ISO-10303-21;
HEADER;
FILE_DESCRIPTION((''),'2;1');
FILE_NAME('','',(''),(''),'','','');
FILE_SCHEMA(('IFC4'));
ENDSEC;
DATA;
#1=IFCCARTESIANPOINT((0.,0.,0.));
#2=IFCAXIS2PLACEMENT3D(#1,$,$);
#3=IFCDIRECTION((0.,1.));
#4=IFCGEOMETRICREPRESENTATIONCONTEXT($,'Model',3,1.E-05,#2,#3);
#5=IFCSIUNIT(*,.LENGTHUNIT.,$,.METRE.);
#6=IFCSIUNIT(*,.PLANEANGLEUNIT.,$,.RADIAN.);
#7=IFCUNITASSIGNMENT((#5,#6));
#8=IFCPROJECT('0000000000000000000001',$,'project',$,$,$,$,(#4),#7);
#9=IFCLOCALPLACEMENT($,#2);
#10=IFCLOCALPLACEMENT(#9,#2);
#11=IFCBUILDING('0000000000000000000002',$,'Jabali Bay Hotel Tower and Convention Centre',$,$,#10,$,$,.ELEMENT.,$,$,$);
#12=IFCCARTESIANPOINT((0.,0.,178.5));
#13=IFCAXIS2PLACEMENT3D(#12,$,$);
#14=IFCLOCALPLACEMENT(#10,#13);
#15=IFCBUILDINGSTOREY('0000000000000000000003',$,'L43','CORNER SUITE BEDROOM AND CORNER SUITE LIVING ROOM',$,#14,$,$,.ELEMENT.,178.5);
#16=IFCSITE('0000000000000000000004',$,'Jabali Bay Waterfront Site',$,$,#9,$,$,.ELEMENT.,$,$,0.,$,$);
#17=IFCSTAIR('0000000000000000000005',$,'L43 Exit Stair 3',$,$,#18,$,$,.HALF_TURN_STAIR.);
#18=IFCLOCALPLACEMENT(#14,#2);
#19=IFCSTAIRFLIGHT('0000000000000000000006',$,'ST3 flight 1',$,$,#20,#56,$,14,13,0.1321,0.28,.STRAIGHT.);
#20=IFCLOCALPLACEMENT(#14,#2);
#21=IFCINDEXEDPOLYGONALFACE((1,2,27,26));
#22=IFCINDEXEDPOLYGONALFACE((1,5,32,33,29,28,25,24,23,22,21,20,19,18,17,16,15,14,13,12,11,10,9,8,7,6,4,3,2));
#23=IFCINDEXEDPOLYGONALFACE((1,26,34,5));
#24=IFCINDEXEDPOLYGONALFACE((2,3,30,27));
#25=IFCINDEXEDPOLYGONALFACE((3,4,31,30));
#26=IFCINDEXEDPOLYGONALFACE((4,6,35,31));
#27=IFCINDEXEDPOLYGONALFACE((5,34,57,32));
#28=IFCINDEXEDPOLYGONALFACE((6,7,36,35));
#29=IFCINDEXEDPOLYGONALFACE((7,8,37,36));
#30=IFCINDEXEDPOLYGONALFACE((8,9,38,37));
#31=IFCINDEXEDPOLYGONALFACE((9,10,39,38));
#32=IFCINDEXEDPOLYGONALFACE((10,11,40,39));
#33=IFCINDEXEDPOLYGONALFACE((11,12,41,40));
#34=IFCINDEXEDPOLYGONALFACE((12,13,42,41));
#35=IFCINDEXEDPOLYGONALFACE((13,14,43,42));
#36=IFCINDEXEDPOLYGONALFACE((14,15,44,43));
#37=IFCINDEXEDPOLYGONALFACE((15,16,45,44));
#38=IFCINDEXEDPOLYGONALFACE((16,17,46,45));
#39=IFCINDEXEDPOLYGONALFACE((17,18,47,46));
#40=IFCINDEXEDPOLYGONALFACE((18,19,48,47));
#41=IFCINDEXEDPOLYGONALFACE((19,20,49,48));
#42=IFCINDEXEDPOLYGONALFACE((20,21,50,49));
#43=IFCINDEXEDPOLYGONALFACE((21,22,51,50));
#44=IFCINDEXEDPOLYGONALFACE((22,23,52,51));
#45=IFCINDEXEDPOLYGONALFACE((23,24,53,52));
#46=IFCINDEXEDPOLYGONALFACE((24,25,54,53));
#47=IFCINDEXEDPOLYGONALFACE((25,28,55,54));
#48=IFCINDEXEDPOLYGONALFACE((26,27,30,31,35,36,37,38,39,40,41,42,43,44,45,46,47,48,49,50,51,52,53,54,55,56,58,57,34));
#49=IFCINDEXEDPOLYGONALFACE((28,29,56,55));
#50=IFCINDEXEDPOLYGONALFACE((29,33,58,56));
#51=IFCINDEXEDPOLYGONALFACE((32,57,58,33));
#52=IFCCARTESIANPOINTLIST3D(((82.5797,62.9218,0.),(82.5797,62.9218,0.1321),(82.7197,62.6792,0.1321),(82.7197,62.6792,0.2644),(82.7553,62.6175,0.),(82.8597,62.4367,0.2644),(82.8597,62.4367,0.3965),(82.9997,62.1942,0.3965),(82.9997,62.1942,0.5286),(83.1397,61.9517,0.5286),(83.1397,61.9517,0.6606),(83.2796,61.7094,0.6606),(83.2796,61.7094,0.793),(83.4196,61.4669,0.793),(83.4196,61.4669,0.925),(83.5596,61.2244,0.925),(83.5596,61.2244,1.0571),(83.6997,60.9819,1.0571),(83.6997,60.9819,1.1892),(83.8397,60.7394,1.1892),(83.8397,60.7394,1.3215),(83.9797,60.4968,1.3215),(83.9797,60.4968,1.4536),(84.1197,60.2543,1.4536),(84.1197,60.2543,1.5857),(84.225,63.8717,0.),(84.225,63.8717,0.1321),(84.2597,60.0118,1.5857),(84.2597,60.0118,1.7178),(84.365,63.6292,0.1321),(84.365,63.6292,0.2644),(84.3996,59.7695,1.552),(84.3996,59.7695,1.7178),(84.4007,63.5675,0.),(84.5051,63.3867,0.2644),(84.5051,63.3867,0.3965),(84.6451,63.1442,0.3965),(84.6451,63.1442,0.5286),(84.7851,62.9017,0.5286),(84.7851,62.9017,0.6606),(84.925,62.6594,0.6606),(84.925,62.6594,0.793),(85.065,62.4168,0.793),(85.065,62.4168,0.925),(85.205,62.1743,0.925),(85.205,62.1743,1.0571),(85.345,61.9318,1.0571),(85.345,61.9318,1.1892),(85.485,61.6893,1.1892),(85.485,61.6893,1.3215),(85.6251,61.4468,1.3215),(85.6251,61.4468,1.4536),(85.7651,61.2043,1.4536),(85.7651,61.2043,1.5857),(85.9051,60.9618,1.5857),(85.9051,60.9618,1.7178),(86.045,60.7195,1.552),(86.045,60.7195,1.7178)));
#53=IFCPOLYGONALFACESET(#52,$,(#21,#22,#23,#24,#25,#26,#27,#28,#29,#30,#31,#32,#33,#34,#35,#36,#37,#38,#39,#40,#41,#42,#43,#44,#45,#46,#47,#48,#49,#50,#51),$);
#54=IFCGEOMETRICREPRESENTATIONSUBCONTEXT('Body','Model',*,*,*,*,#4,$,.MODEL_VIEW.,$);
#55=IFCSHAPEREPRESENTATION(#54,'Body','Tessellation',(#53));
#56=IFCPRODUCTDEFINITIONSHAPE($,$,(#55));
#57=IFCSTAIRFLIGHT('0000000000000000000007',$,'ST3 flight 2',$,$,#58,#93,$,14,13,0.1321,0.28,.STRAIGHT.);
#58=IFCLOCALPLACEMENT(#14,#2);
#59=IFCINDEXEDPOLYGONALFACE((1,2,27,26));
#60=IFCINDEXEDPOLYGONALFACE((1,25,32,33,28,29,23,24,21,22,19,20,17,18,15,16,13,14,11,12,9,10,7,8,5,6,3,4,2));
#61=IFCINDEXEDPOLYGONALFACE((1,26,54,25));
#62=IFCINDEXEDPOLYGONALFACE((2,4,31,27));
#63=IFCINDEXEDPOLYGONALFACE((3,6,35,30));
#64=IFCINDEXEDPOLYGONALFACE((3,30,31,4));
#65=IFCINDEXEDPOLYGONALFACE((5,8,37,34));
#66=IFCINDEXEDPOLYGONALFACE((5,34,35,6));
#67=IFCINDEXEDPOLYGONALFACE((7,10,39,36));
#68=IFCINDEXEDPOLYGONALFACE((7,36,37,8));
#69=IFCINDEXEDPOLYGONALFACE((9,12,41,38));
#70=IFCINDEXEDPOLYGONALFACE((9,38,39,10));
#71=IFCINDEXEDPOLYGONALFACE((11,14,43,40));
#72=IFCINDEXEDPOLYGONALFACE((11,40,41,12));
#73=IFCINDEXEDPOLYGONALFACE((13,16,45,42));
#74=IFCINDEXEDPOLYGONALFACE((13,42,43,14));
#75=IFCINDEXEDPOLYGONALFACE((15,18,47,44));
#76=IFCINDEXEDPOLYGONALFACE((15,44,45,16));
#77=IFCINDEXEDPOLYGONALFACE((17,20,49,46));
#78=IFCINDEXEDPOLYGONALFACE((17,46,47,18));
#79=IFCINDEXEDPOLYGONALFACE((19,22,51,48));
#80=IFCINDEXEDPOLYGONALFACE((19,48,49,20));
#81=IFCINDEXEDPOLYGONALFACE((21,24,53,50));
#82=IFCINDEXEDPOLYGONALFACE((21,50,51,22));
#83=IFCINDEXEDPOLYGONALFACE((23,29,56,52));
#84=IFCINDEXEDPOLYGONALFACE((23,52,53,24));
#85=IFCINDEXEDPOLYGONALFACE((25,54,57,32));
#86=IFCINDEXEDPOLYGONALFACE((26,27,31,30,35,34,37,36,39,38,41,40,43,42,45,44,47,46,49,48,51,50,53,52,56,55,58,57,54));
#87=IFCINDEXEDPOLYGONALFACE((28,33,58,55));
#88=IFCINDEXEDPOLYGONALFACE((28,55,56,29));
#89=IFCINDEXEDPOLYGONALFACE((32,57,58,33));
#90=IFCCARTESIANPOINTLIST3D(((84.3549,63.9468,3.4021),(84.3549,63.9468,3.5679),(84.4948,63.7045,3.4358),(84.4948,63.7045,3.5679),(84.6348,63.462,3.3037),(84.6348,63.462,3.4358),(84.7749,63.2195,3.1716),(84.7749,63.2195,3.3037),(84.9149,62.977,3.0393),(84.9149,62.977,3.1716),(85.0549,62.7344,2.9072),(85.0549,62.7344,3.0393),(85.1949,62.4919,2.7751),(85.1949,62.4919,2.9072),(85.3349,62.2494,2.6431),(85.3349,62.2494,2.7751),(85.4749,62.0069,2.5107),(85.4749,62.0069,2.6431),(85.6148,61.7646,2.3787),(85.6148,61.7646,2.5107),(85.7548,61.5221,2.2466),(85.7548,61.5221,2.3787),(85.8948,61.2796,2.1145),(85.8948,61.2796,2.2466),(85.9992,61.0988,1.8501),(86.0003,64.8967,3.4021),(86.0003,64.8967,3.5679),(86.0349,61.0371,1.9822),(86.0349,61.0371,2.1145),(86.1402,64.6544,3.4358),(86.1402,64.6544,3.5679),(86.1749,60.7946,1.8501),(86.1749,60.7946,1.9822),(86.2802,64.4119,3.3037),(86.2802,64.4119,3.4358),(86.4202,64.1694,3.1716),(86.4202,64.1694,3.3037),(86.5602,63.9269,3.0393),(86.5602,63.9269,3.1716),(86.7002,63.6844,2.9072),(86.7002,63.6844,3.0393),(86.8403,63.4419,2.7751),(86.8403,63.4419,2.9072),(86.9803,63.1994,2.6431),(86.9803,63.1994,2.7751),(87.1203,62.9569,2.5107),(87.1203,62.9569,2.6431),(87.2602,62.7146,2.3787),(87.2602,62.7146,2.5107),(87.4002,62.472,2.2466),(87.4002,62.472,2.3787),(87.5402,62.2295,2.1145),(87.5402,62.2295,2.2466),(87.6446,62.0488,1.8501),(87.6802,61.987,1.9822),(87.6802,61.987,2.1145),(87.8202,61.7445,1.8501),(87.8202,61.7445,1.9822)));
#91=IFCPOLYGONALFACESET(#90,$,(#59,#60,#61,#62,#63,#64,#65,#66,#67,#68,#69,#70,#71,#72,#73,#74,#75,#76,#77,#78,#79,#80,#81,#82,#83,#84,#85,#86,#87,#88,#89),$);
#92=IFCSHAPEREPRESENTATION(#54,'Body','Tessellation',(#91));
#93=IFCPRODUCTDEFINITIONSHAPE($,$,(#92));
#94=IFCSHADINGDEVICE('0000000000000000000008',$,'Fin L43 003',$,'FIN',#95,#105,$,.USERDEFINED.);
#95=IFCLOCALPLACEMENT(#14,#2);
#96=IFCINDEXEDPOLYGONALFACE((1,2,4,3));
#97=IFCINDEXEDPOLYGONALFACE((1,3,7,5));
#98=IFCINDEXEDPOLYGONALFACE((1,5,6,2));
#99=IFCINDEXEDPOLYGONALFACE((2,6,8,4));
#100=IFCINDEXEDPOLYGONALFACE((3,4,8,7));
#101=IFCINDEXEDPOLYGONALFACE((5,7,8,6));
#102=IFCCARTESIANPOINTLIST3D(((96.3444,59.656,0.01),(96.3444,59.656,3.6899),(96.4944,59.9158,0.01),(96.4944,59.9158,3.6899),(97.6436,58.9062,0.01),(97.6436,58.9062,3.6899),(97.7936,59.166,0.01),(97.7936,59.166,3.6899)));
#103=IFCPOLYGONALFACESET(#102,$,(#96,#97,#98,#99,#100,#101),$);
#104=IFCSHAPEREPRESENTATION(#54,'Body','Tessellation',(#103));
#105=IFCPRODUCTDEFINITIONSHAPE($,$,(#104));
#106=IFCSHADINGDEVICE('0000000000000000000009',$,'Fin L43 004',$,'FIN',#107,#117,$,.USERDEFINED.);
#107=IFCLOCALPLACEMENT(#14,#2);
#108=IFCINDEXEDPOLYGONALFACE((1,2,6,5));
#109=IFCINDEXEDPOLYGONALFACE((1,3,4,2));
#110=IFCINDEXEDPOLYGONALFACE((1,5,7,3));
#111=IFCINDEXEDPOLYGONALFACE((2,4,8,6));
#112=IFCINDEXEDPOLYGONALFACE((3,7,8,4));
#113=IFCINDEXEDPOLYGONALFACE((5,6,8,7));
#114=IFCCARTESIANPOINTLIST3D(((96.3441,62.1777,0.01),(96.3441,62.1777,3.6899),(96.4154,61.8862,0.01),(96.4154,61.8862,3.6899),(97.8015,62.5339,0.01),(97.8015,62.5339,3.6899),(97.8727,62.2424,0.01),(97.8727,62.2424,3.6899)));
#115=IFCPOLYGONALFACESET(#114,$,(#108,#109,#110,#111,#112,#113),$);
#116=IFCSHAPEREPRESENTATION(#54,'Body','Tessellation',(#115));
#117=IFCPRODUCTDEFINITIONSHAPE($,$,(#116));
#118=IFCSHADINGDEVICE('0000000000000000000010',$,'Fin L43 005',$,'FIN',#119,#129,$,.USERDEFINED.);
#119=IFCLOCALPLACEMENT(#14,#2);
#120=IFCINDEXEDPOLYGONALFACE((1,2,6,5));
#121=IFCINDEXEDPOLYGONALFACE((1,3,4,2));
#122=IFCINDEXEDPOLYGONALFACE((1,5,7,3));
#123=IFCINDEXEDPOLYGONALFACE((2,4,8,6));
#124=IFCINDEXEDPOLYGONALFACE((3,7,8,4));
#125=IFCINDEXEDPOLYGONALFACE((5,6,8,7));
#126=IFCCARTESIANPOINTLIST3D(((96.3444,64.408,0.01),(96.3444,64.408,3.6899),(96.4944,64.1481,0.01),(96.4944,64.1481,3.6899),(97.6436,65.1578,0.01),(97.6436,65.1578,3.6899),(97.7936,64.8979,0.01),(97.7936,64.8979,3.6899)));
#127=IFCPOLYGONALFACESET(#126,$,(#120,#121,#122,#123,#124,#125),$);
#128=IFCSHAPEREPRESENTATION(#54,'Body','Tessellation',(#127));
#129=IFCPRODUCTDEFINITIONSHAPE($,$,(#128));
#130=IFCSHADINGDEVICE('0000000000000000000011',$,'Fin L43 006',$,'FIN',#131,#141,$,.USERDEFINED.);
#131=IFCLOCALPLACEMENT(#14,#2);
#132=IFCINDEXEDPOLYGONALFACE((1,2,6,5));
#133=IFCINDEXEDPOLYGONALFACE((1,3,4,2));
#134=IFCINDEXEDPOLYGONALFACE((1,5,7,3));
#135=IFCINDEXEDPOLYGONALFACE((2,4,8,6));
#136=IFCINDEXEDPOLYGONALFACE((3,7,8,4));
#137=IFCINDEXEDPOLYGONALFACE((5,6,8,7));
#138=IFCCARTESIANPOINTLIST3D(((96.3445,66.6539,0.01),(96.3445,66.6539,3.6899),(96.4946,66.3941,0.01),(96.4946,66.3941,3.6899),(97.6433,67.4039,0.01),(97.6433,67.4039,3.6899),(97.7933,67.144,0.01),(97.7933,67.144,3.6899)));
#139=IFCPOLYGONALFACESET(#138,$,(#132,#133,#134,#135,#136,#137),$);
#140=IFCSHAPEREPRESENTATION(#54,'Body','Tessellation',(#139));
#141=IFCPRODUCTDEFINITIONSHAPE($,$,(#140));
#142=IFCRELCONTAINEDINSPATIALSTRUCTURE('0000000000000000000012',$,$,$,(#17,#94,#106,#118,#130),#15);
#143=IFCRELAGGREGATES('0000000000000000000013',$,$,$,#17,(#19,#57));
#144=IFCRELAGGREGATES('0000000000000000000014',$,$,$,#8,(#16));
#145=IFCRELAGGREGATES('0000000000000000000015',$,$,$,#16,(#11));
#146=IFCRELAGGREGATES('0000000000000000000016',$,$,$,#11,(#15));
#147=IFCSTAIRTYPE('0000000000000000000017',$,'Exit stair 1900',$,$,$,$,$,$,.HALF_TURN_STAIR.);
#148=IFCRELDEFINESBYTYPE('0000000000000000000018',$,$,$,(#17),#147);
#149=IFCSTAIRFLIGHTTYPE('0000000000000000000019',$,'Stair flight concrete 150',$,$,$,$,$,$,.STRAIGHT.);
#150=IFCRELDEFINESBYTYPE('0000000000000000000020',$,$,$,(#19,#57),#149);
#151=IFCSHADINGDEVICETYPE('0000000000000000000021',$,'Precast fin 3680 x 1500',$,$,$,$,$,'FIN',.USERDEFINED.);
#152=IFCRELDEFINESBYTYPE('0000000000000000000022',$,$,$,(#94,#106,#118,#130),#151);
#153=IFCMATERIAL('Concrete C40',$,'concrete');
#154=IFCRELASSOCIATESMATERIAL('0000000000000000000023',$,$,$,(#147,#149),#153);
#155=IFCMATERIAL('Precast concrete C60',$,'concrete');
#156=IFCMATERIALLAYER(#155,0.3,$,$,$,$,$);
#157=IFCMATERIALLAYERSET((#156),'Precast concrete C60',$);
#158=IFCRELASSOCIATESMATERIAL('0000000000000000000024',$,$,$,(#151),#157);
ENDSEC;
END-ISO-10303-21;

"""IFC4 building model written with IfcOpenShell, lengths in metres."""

from ifc_helpers import new_model, si_unit, direction, frame, frame_2d, origin, place, context, subcontext, project, spatial, polyline, rectangle, outline, extrude, material, layer, layer_set, type_object, element, aggregate, save


model = new_model("IFC4")

# Units and contexts
model_context = context("Model", 3, precision=1e-05, world=origin(), true_north=direction((0.0, 1.0)))
body_context = subcontext(model_context, "Body", "Model", "MODEL_VIEW")
ifc_project = project(units=[si_unit("LENGTHUNIT", "METRE"), si_unit("PLANEANGLEUNIT", "RADIAN")], contexts=[model_context])

# Site, building, storey
site_placement = place(None, origin())
site = spatial("IfcSite", under=ifc_project, at=site_placement, Name="Jabali Bay Waterfront Site", CompositionType="ELEMENT", RefElevation=0.0)
building_placement = place(site_placement, origin())
building = spatial("IfcBuilding", under=site, at=building_placement, Name="Jabali Bay Hotel Tower and Convention Centre", CompositionType="ELEMENT")
storey_placement = place(building_placement, frame((0.0, 0.0, 178.5)))
storey = spatial("IfcBuildingStorey", under=building, at=storey_placement, Name="L43", Description="CORNER SUITE BEDROOM AND CORNER SUITE LIVING ROOM", CompositionType="ELEMENT", Elevation=178.5)

# Shared definitions
ifc_material_1 = material(Name="Concrete C40", Category="concrete")

# Stair, stair flights
stair_type = type_object("IfcStairType", Name="Exit stair 1900", PredefinedType="HALF_TURN_STAIR", material=ifc_material_1)
stair_placement = place(storey_placement, origin())
stair = element("IfcStair", 1, at=stair_placement, inside=storey, type_object=stair_type, Name="L43 Exit Stair 3", PredefinedType="HALF_TURN_STAIR")
stair_flight_type = type_object("IfcStairFlightType", Name="Stair flight concrete 150", PredefinedType="STRAIGHT", material=ifc_material_1)
stair_flight_1_placement = place(storey_placement, frame((83.4023, 63.3967, 0.0), z_axis=(0.0, 0.0, 1.0), x_axis=(0.5, -0.866025, 0.0)))
stair_flight_1 = element("IfcStairFlight", 2, at=stair_flight_1_placement, type_object=stair_flight_type, Name="ST3 flight 1", NumberOfRisers=14, NumberOfTreads=13, PredefinedType="STRAIGHT", RiserHeight=0.1321, TreadLength=0.28, context=body_context, shape_type="SweptSolid", body=[
    extrude(outline(polyline([(0.0, 0.0), (0.0, 0.1321), (0.28, 0.1321), (0.28, 0.2644), (0.5601, 0.2644), (0.5601, 0.3965), (0.8401, 0.3965), (0.8401, 0.5286), (1.1201, 0.5286), (1.1201, 0.6606), (1.3999, 0.6606), (1.3999, 0.793), (1.6799, 0.793), (1.6799, 0.925), (1.96, 0.925), (1.96, 1.0571), (2.24, 1.0571), (2.24, 1.1892), (2.52, 1.1892), (2.52, 1.3215), (2.8, 1.3215), (2.8, 1.4536), (3.0801, 1.4536), (3.0801, 1.5857), (3.3601, 1.5857), (3.3601, 1.7178), (3.6399, 1.7178), (3.6399, 1.8501), (3.6399, 1.552), (0.3513, 0.0), (0.0, 0.0)])), frame((0.0, 0.95, 0.0), z_axis=(0.0, -1.0, 0.0), x_axis=(1.0, 0.0, 0.0)), (0.0, 0.0, 1.0), 1.8999),
])
stair_flight_2_placement = place(storey_placement, frame((86.9976, 61.2695, 1.8501), z_axis=(0.0, 0.0, 1.0), x_axis=(-0.5, 0.866025, 0.0)))
stair_flight_2 = element("IfcStairFlight", 3, at=stair_flight_2_placement, type_object=stair_flight_type, Name="ST3 flight 2", NumberOfRisers=14, NumberOfTreads=13, PredefinedType="STRAIGHT", RiserHeight=0.1321, TreadLength=0.28, context=body_context, shape_type="SweptSolid", body=[
    extrude(outline(polyline([(0.0, 0.0), (0.0, 0.1321), (0.28, 0.1321), (0.28, 0.2644), (0.5601, 0.2644), (0.5601, 0.3965), (0.8401, 0.3965), (0.8401, 0.5286), (1.1201, 0.5286), (1.1201, 0.6606), (1.3999, 0.6606), (1.3999, 0.793), (1.6799, 0.793), (1.6799, 0.925), (1.96, 0.925), (1.96, 1.0571), (2.24, 1.0571), (2.24, 1.1892), (2.52, 1.1892), (2.52, 1.3215), (2.8, 1.3215), (2.8, 1.4536), (3.0801, 1.4536), (3.0801, 1.5857), (3.3601, 1.5857), (3.3601, 1.7178), (3.6399, 1.7178), (3.6399, 1.8501), (3.6399, 1.552), (0.3513, 0.0), (0.0, 0.0)])), frame((0.0, 0.95, 0.0), z_axis=(0.0, -1.0, 0.0), x_axis=(1.0, 0.0, 0.0)), (0.0, 0.0, 1.0), 1.8999),
])
aggregate(stair, [stair_flight_1, stair_flight_2])

# Shading devices
ifc_material_2 = material(Name="Precast concrete C60", Category="concrete")
ifc_layer_1 = layer(ifc_material_2, 0.3)
ifc_layer_set_1 = layer_set([ifc_layer_1], Name="Precast concrete C60")
shading_device_type = type_object("IfcShadingDeviceType", Name="Precast fin 3680 x 1500", ElementType="FIN", PredefinedType="USERDEFINED", material=ifc_layer_set_1)
shading_device_1_placement = place(storey_placement, frame((96.4194, 59.7859, 0.01), z_axis=(0.0, 0.0, 1.0), x_axis=(0.866102, -0.499868, 0.0)))
element("IfcShadingDevice", 4, at=shading_device_1_placement, inside=storey, type_object=shading_device_type, Name="Fin L43 003", ObjectType="FIN", PredefinedType="USERDEFINED", context=body_context, shape_type="SweptSolid", body=[
    extrude(rectangle(XDim=1.5, YDim=0.3, at=frame_2d((0.75, 0.0))), origin(), (0.0, 0.0, 1.0), 3.6799),
])
shading_device_2_placement = place(storey_placement, frame((96.3799, 62.032, 0.01), z_axis=(0.0, 0.0, 1.0), x_axis=(0.971402, 0.237439, 0.0)))
element("IfcShadingDevice", 5, at=shading_device_2_placement, inside=storey, type_object=shading_device_type, Name="Fin L43 004", ObjectType="FIN", PredefinedType="USERDEFINED", context=body_context, shape_type="SweptSolid", body=[
    extrude(rectangle(XDim=1.5002, YDim=0.3, at=frame_2d((0.75, 0.0))), origin(), (0.0, 0.0, 1.0), 3.6799),
])
shading_device_3_placement = place(storey_placement, frame((96.4194, 64.2781, 0.01), z_axis=(0.0, 0.0, 1.0), x_axis=(0.866102, 0.499868, 0.0)))
element("IfcShadingDevice", 6, at=shading_device_3_placement, inside=storey, type_object=shading_device_type, Name="Fin L43 005", ObjectType="FIN", PredefinedType="USERDEFINED", context=body_context, shape_type="SweptSolid", body=[
    extrude(rectangle(XDim=1.5, YDim=0.3, at=frame_2d((0.75, 0.0))), origin(), (0.0, 0.0, 1.0), 3.6799),
])
shading_device_4_placement = place(storey_placement, frame((96.4194, 66.5239, 0.01), z_axis=(0.0, 0.0, 1.0), x_axis=(0.86599, 0.500061, 0.0)))
element("IfcShadingDevice", 7, at=shading_device_4_placement, inside=storey, type_object=shading_device_type, Name="Fin L43 006", ObjectType="FIN", PredefinedType="USERDEFINED", context=body_context, shape_type="SweptSolid", body=[
    extrude(rectangle(XDim=1.4998, YDim=0.3, at=frame_2d((0.75, 0.0))), origin(), (0.0, 0.0, 1.0), 3.6799),
])

save(model, "model.ifc")
